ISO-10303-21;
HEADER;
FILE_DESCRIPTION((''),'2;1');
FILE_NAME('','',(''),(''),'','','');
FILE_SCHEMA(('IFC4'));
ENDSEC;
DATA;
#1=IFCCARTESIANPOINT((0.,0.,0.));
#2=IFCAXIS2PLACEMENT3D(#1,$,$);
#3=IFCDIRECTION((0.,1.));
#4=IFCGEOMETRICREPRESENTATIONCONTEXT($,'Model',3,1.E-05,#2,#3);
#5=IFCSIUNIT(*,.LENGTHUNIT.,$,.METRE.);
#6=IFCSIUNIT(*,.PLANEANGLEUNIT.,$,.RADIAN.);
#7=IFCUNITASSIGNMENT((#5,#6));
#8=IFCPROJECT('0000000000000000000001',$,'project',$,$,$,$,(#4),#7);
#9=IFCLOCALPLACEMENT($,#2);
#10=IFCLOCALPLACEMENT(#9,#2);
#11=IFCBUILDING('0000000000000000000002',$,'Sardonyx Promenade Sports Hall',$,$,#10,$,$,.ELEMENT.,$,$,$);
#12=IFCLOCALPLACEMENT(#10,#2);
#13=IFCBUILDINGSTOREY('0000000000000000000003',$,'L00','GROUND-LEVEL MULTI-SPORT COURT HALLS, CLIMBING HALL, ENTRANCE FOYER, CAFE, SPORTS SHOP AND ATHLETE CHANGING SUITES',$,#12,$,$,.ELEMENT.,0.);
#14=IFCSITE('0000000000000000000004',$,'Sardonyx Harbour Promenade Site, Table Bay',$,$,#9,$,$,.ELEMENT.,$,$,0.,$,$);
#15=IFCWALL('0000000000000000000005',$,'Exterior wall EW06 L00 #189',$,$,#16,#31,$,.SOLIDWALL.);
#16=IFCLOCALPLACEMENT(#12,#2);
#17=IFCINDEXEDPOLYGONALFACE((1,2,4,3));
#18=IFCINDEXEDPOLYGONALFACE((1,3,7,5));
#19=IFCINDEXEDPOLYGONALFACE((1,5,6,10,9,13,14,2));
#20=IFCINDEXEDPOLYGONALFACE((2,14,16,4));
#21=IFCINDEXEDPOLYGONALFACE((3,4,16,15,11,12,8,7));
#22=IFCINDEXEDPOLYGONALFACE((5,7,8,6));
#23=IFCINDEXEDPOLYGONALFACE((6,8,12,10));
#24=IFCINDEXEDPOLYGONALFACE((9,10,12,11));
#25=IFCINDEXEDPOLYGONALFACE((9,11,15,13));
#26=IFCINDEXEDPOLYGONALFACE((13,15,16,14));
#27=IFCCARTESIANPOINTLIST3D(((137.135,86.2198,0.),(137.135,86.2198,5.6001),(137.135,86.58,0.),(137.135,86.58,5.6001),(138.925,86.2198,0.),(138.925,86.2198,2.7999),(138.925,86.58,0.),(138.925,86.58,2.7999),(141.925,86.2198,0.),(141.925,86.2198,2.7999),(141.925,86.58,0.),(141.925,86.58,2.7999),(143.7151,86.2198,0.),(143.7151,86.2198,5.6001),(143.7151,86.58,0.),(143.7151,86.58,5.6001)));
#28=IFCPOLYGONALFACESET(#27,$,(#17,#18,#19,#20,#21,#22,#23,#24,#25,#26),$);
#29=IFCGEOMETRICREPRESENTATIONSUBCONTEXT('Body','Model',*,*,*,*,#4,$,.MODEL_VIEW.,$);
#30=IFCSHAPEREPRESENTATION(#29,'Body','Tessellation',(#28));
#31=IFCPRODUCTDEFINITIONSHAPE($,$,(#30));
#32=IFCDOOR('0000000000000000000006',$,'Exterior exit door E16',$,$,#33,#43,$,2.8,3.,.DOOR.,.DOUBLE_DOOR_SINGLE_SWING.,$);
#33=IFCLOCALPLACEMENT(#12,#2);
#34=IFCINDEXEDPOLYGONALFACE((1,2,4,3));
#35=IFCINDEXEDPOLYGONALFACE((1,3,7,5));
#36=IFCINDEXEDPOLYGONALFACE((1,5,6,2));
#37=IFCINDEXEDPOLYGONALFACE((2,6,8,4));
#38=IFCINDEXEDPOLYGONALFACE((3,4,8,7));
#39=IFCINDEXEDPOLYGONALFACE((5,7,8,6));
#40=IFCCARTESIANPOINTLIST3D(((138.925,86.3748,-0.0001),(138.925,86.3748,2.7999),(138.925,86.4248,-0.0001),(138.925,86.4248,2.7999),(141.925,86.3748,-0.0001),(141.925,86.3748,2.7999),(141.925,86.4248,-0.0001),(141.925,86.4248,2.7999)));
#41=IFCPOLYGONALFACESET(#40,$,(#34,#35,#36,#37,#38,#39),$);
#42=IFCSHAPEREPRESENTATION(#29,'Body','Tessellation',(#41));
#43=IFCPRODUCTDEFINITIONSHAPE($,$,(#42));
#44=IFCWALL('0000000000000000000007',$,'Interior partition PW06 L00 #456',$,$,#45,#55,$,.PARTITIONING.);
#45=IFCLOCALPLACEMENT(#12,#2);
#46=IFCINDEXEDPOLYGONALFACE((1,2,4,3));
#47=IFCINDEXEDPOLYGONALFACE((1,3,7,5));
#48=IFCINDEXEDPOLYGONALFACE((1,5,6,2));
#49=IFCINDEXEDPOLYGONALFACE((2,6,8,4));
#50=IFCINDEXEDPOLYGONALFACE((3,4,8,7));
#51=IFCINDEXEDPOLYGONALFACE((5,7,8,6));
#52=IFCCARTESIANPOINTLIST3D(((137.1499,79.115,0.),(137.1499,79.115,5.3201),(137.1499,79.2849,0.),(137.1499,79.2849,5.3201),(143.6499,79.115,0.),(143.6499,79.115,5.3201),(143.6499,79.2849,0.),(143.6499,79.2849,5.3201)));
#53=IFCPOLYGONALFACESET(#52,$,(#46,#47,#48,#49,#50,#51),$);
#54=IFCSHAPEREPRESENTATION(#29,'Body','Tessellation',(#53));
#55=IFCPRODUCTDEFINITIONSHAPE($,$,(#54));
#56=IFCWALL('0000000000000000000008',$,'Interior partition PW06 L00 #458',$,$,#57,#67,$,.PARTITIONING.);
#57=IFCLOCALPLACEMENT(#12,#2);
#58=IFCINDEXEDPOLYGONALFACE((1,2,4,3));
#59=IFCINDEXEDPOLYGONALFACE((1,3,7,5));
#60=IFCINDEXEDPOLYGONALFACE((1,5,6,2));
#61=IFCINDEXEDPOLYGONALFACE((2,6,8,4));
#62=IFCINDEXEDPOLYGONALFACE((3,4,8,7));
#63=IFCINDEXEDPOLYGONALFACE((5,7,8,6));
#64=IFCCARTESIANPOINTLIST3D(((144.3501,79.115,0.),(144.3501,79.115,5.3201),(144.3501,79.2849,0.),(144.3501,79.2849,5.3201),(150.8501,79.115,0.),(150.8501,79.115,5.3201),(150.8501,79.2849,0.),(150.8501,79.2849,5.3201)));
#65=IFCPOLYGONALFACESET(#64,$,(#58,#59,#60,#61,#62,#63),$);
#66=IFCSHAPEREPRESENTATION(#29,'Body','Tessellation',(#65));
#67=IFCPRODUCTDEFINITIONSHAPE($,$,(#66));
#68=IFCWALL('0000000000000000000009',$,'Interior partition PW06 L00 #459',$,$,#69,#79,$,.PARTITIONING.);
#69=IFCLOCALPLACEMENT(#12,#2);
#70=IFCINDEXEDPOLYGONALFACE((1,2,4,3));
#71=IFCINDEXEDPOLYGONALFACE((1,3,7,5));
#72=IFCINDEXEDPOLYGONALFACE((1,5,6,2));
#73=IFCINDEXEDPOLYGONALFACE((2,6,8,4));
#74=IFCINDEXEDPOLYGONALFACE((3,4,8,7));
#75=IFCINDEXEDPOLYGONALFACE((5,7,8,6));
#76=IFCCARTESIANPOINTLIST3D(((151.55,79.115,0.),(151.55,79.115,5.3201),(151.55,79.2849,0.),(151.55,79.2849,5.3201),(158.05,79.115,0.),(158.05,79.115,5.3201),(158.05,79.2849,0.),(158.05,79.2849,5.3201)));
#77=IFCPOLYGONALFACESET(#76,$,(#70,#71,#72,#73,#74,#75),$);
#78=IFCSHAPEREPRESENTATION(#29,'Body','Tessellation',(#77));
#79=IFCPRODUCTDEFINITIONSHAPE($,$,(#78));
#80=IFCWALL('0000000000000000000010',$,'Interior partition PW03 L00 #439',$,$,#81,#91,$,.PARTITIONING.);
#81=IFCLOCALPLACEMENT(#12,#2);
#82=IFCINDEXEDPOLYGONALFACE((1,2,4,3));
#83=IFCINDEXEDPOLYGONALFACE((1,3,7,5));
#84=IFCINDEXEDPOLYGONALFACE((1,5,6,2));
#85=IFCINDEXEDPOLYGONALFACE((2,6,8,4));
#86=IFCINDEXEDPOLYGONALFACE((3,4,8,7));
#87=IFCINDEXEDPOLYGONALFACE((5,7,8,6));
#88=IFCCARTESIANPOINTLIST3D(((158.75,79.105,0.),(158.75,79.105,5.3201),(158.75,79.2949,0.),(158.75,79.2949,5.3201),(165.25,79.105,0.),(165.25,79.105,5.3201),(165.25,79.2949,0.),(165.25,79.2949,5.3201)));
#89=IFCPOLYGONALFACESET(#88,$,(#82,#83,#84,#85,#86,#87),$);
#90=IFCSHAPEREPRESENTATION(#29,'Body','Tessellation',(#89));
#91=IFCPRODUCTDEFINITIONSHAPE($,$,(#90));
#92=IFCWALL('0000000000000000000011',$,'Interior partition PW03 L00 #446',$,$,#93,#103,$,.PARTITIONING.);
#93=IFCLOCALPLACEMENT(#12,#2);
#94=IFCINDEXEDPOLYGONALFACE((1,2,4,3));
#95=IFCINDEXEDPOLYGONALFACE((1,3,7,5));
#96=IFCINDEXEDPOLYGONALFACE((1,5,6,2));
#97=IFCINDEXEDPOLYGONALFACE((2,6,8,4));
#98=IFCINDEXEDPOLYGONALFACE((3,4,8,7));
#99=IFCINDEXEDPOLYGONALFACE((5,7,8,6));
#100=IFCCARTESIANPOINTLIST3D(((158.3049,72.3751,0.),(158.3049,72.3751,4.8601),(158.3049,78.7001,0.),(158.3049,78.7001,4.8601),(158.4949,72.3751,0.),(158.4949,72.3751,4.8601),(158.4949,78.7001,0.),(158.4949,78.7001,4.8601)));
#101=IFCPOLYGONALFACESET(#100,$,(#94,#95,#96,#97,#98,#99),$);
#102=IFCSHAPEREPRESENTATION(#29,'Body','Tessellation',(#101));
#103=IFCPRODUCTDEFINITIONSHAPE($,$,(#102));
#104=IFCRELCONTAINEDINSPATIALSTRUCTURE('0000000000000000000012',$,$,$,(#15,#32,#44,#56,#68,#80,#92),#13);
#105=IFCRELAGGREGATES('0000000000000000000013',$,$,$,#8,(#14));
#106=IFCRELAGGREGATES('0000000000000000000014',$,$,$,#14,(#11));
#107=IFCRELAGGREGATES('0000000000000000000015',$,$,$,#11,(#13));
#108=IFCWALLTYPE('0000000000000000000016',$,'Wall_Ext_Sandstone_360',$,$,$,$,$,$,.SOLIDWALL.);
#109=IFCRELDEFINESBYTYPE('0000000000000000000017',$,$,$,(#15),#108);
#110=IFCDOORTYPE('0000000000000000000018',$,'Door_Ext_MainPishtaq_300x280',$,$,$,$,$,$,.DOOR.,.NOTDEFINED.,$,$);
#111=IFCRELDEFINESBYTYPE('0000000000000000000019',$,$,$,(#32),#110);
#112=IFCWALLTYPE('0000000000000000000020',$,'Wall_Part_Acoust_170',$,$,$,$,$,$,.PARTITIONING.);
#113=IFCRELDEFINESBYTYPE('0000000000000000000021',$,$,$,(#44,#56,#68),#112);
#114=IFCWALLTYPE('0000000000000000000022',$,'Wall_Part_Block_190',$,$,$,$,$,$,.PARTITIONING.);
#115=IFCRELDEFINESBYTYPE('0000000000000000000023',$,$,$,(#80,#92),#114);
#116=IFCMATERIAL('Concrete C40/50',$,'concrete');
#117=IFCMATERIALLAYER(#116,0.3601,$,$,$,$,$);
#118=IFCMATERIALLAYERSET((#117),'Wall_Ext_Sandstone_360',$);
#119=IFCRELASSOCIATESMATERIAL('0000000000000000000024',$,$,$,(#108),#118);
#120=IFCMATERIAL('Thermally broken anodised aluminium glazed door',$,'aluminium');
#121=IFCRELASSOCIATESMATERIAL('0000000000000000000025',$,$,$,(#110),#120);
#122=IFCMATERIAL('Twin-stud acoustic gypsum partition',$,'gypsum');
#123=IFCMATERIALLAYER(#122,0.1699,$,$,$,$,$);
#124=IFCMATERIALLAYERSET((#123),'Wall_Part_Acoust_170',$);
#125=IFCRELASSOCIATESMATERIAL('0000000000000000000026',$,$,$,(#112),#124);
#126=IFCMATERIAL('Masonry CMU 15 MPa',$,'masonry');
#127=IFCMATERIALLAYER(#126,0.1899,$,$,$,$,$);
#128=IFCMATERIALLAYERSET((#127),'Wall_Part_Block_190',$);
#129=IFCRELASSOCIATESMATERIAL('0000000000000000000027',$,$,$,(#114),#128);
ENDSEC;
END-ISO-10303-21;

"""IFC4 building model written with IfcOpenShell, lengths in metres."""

from ifc_helpers import new_model, si_unit, direction, frame, frame_2d, origin, place, context, subcontext, project, spatial, rectangle, extrude, material, layer, layer_set, type_object, element, fill, save


model = new_model("IFC4")

# Units and contexts
model_context = context("Model", 3, precision=1e-05, world=origin(), true_north=direction((0.0, 1.0)))
body_context = subcontext(model_context, "Body", "Model", "MODEL_VIEW")
ifc_project = project(units=[si_unit("LENGTHUNIT", "METRE"), si_unit("PLANEANGLEUNIT", "RADIAN")], contexts=[model_context])

# Site, building, storey
site_placement = place(None, origin())
site = spatial("IfcSite", under=ifc_project, at=site_placement, Name="Sardonyx Harbour Promenade Site, Table Bay", CompositionType="ELEMENT", RefElevation=0.0)
building_placement = place(site_placement, origin())
building = spatial("IfcBuilding", under=site, at=building_placement, Name="Sardonyx Promenade Sports Hall", CompositionType="ELEMENT")
storey_placement = place(building_placement, origin())
storey = spatial("IfcBuildingStorey", under=building, at=storey_placement, Name="L00", Description="GROUND-LEVEL MULTI-SPORT COURT HALLS, CLIMBING HALL, ENTRANCE FOYER, CAFE, SPORTS SHOP AND ATHLETE CHANGING SUITES", CompositionType="ELEMENT", Elevation=0.0)

# Wall, opening, door
ifc_material_1 = material(Name="Concrete C40/50", Category="concrete")
ifc_layer_1 = layer(ifc_material_1, 0.3601)
ifc_layer_set_1 = layer_set([ifc_layer_1], Name="Wall_Ext_Sandstone_360")
wall_type_1 = type_object("IfcWallType", Name="Wall_Ext_Sandstone_360", PredefinedType="SOLIDWALL", material=ifc_layer_set_1)
wall_1_placement = place(storey_placement, frame((137.135, 86.3999, 0.0), z_axis=(0.0, 0.0, 1.0), x_axis=(1.0, 0.0, 0.0)))
wall_1 = element("IfcWall", 1, at=wall_1_placement, inside=storey, type_object=wall_type_1, Name="Exterior wall EW06 L00 #189", PredefinedType="SOLIDWALL", context=body_context, shape_type="SweptSolid", body=[
    extrude(rectangle(XDim=6.5801, YDim=0.3601, at=frame_2d((3.29, 0.0))), origin(), (0.0, 0.0, 1.0), 5.6001),
])
opening_1_placement = place(wall_1_placement, frame((1.79, 0.0, 0.0)))
opening_1 = element("IfcOpeningElement", 2, at=opening_1_placement, cuts=wall_1, PredefinedType="OPENING", context=body_context, shape_type="SweptSolid", body=[
    extrude(rectangle(XDim=3.0, YDim=2.8, at=frame_2d((1.5, 1.3999))), frame((0.0, 0.19, 0.0), z_axis=(0.0, -1.0, 0.0), x_axis=(1.0, 0.0, 0.0)), (0.0, 0.0, 1.0), 0.38),
])
ifc_material_2 = material(Name="Thermally broken anodised aluminium glazed door", Category="aluminium")
door_type = type_object("IfcDoorType", Name="Door_Ext_MainPishtaq_300x280", OperationType="NOTDEFINED", PredefinedType="DOOR", material=ifc_material_2)
door_placement = place(opening_1_placement, origin())
door = element("IfcDoor", 3, at=door_placement, inside=storey, type_object=door_type, Name="Exterior exit door E16", OperationType="DOUBLE_DOOR_SINGLE_SWING", OverallHeight=2.8, OverallWidth=3.0, PredefinedType="DOOR", context=body_context, shape_type="SweptSolid", body=[
    extrude(rectangle(XDim=3.0, YDim=2.8, at=frame_2d((1.5, 1.3999))), frame((0.0, 0.0249, 0.0), z_axis=(0.0, -1.0, 0.0), x_axis=(1.0, 0.0, 0.0)), (0.0, 0.0, 1.0), 0.05),
])
fill(opening_1, door)

# Walls
ifc_material_3 = material(Name="Twin-stud acoustic gypsum partition", Category="gypsum")
ifc_layer_2 = layer(ifc_material_3, 0.1699)
ifc_layer_set_2 = layer_set([ifc_layer_2], Name="Wall_Part_Acoust_170")
wall_type_2 = type_object("IfcWallType", Name="Wall_Part_Acoust_170", PredefinedType="PARTITIONING", material=ifc_layer_set_2)
for number, where, z_axis, x_axis, name in (
    (4, (137.1499, 79.2, 0.0), (0.0, 0.0, 1.0), (1.0, 0.0, 0.0), "Interior partition PW06 L00 #456"),
    (5, (144.3501, 79.2, 0.0), (0.0, 0.0, 1.0), (1.0, 0.0, 0.0), "Interior partition PW06 L00 #458"),
    (6, (151.55, 79.2, 0.0), (0.0, 0.0, 1.0), (1.0, 0.0, 0.0), "Interior partition PW06 L00 #459"),
):
    element("IfcWall", number, at=place(storey_placement, frame(where, z_axis=z_axis, x_axis=x_axis)), inside=storey, type_object=wall_type_2, Name=name, PredefinedType="PARTITIONING", context=body_context, shape_type="SweptSolid", body=[
        extrude(rectangle(XDim=6.5, YDim=0.1699, at=frame_2d((3.25, 0.0))), origin(), (0.0, 0.0, 1.0), 5.3201),
    ])
ifc_material_4 = material(Name="Masonry CMU 15 MPa", Category="masonry")
ifc_layer_3 = layer(ifc_material_4, 0.1899)
ifc_layer_set_3 = layer_set([ifc_layer_3], Name="Wall_Part_Block_190")
wall_type_3 = type_object("IfcWallType", Name="Wall_Part_Block_190", PredefinedType="PARTITIONING", material=ifc_layer_set_3)
wall_2_placement = place(storey_placement, frame((158.75, 79.2, 0.0), z_axis=(0.0, 0.0, 1.0), x_axis=(1.0, 0.0, 0.0)))
element("IfcWall", 7, at=wall_2_placement, inside=storey, type_object=wall_type_3, Name="Interior partition PW03 L00 #439", PredefinedType="PARTITIONING", context=body_context, shape_type="SweptSolid", body=[
    extrude(rectangle(XDim=6.5, YDim=0.1899, at=frame_2d((3.25, 0.0))), origin(), (0.0, 0.0, 1.0), 5.3201),
])
wall_3_placement = place(storey_placement, frame((158.3999, 72.375, 0.0), z_axis=(0.0, 0.0, 1.0), x_axis=(0.0, 1.0, 0.0)))
element("IfcWall", 8, at=wall_3_placement, inside=storey, type_object=wall_type_3, Name="Interior partition PW03 L00 #446", PredefinedType="PARTITIONING", context=body_context, shape_type="SweptSolid", body=[
    extrude(rectangle(XDim=6.325, YDim=0.1899, at=frame_2d((3.1626, 0.0))), origin(), (0.0, 0.0, 1.0), 4.8601),
])

save(model, "model.ifc")
